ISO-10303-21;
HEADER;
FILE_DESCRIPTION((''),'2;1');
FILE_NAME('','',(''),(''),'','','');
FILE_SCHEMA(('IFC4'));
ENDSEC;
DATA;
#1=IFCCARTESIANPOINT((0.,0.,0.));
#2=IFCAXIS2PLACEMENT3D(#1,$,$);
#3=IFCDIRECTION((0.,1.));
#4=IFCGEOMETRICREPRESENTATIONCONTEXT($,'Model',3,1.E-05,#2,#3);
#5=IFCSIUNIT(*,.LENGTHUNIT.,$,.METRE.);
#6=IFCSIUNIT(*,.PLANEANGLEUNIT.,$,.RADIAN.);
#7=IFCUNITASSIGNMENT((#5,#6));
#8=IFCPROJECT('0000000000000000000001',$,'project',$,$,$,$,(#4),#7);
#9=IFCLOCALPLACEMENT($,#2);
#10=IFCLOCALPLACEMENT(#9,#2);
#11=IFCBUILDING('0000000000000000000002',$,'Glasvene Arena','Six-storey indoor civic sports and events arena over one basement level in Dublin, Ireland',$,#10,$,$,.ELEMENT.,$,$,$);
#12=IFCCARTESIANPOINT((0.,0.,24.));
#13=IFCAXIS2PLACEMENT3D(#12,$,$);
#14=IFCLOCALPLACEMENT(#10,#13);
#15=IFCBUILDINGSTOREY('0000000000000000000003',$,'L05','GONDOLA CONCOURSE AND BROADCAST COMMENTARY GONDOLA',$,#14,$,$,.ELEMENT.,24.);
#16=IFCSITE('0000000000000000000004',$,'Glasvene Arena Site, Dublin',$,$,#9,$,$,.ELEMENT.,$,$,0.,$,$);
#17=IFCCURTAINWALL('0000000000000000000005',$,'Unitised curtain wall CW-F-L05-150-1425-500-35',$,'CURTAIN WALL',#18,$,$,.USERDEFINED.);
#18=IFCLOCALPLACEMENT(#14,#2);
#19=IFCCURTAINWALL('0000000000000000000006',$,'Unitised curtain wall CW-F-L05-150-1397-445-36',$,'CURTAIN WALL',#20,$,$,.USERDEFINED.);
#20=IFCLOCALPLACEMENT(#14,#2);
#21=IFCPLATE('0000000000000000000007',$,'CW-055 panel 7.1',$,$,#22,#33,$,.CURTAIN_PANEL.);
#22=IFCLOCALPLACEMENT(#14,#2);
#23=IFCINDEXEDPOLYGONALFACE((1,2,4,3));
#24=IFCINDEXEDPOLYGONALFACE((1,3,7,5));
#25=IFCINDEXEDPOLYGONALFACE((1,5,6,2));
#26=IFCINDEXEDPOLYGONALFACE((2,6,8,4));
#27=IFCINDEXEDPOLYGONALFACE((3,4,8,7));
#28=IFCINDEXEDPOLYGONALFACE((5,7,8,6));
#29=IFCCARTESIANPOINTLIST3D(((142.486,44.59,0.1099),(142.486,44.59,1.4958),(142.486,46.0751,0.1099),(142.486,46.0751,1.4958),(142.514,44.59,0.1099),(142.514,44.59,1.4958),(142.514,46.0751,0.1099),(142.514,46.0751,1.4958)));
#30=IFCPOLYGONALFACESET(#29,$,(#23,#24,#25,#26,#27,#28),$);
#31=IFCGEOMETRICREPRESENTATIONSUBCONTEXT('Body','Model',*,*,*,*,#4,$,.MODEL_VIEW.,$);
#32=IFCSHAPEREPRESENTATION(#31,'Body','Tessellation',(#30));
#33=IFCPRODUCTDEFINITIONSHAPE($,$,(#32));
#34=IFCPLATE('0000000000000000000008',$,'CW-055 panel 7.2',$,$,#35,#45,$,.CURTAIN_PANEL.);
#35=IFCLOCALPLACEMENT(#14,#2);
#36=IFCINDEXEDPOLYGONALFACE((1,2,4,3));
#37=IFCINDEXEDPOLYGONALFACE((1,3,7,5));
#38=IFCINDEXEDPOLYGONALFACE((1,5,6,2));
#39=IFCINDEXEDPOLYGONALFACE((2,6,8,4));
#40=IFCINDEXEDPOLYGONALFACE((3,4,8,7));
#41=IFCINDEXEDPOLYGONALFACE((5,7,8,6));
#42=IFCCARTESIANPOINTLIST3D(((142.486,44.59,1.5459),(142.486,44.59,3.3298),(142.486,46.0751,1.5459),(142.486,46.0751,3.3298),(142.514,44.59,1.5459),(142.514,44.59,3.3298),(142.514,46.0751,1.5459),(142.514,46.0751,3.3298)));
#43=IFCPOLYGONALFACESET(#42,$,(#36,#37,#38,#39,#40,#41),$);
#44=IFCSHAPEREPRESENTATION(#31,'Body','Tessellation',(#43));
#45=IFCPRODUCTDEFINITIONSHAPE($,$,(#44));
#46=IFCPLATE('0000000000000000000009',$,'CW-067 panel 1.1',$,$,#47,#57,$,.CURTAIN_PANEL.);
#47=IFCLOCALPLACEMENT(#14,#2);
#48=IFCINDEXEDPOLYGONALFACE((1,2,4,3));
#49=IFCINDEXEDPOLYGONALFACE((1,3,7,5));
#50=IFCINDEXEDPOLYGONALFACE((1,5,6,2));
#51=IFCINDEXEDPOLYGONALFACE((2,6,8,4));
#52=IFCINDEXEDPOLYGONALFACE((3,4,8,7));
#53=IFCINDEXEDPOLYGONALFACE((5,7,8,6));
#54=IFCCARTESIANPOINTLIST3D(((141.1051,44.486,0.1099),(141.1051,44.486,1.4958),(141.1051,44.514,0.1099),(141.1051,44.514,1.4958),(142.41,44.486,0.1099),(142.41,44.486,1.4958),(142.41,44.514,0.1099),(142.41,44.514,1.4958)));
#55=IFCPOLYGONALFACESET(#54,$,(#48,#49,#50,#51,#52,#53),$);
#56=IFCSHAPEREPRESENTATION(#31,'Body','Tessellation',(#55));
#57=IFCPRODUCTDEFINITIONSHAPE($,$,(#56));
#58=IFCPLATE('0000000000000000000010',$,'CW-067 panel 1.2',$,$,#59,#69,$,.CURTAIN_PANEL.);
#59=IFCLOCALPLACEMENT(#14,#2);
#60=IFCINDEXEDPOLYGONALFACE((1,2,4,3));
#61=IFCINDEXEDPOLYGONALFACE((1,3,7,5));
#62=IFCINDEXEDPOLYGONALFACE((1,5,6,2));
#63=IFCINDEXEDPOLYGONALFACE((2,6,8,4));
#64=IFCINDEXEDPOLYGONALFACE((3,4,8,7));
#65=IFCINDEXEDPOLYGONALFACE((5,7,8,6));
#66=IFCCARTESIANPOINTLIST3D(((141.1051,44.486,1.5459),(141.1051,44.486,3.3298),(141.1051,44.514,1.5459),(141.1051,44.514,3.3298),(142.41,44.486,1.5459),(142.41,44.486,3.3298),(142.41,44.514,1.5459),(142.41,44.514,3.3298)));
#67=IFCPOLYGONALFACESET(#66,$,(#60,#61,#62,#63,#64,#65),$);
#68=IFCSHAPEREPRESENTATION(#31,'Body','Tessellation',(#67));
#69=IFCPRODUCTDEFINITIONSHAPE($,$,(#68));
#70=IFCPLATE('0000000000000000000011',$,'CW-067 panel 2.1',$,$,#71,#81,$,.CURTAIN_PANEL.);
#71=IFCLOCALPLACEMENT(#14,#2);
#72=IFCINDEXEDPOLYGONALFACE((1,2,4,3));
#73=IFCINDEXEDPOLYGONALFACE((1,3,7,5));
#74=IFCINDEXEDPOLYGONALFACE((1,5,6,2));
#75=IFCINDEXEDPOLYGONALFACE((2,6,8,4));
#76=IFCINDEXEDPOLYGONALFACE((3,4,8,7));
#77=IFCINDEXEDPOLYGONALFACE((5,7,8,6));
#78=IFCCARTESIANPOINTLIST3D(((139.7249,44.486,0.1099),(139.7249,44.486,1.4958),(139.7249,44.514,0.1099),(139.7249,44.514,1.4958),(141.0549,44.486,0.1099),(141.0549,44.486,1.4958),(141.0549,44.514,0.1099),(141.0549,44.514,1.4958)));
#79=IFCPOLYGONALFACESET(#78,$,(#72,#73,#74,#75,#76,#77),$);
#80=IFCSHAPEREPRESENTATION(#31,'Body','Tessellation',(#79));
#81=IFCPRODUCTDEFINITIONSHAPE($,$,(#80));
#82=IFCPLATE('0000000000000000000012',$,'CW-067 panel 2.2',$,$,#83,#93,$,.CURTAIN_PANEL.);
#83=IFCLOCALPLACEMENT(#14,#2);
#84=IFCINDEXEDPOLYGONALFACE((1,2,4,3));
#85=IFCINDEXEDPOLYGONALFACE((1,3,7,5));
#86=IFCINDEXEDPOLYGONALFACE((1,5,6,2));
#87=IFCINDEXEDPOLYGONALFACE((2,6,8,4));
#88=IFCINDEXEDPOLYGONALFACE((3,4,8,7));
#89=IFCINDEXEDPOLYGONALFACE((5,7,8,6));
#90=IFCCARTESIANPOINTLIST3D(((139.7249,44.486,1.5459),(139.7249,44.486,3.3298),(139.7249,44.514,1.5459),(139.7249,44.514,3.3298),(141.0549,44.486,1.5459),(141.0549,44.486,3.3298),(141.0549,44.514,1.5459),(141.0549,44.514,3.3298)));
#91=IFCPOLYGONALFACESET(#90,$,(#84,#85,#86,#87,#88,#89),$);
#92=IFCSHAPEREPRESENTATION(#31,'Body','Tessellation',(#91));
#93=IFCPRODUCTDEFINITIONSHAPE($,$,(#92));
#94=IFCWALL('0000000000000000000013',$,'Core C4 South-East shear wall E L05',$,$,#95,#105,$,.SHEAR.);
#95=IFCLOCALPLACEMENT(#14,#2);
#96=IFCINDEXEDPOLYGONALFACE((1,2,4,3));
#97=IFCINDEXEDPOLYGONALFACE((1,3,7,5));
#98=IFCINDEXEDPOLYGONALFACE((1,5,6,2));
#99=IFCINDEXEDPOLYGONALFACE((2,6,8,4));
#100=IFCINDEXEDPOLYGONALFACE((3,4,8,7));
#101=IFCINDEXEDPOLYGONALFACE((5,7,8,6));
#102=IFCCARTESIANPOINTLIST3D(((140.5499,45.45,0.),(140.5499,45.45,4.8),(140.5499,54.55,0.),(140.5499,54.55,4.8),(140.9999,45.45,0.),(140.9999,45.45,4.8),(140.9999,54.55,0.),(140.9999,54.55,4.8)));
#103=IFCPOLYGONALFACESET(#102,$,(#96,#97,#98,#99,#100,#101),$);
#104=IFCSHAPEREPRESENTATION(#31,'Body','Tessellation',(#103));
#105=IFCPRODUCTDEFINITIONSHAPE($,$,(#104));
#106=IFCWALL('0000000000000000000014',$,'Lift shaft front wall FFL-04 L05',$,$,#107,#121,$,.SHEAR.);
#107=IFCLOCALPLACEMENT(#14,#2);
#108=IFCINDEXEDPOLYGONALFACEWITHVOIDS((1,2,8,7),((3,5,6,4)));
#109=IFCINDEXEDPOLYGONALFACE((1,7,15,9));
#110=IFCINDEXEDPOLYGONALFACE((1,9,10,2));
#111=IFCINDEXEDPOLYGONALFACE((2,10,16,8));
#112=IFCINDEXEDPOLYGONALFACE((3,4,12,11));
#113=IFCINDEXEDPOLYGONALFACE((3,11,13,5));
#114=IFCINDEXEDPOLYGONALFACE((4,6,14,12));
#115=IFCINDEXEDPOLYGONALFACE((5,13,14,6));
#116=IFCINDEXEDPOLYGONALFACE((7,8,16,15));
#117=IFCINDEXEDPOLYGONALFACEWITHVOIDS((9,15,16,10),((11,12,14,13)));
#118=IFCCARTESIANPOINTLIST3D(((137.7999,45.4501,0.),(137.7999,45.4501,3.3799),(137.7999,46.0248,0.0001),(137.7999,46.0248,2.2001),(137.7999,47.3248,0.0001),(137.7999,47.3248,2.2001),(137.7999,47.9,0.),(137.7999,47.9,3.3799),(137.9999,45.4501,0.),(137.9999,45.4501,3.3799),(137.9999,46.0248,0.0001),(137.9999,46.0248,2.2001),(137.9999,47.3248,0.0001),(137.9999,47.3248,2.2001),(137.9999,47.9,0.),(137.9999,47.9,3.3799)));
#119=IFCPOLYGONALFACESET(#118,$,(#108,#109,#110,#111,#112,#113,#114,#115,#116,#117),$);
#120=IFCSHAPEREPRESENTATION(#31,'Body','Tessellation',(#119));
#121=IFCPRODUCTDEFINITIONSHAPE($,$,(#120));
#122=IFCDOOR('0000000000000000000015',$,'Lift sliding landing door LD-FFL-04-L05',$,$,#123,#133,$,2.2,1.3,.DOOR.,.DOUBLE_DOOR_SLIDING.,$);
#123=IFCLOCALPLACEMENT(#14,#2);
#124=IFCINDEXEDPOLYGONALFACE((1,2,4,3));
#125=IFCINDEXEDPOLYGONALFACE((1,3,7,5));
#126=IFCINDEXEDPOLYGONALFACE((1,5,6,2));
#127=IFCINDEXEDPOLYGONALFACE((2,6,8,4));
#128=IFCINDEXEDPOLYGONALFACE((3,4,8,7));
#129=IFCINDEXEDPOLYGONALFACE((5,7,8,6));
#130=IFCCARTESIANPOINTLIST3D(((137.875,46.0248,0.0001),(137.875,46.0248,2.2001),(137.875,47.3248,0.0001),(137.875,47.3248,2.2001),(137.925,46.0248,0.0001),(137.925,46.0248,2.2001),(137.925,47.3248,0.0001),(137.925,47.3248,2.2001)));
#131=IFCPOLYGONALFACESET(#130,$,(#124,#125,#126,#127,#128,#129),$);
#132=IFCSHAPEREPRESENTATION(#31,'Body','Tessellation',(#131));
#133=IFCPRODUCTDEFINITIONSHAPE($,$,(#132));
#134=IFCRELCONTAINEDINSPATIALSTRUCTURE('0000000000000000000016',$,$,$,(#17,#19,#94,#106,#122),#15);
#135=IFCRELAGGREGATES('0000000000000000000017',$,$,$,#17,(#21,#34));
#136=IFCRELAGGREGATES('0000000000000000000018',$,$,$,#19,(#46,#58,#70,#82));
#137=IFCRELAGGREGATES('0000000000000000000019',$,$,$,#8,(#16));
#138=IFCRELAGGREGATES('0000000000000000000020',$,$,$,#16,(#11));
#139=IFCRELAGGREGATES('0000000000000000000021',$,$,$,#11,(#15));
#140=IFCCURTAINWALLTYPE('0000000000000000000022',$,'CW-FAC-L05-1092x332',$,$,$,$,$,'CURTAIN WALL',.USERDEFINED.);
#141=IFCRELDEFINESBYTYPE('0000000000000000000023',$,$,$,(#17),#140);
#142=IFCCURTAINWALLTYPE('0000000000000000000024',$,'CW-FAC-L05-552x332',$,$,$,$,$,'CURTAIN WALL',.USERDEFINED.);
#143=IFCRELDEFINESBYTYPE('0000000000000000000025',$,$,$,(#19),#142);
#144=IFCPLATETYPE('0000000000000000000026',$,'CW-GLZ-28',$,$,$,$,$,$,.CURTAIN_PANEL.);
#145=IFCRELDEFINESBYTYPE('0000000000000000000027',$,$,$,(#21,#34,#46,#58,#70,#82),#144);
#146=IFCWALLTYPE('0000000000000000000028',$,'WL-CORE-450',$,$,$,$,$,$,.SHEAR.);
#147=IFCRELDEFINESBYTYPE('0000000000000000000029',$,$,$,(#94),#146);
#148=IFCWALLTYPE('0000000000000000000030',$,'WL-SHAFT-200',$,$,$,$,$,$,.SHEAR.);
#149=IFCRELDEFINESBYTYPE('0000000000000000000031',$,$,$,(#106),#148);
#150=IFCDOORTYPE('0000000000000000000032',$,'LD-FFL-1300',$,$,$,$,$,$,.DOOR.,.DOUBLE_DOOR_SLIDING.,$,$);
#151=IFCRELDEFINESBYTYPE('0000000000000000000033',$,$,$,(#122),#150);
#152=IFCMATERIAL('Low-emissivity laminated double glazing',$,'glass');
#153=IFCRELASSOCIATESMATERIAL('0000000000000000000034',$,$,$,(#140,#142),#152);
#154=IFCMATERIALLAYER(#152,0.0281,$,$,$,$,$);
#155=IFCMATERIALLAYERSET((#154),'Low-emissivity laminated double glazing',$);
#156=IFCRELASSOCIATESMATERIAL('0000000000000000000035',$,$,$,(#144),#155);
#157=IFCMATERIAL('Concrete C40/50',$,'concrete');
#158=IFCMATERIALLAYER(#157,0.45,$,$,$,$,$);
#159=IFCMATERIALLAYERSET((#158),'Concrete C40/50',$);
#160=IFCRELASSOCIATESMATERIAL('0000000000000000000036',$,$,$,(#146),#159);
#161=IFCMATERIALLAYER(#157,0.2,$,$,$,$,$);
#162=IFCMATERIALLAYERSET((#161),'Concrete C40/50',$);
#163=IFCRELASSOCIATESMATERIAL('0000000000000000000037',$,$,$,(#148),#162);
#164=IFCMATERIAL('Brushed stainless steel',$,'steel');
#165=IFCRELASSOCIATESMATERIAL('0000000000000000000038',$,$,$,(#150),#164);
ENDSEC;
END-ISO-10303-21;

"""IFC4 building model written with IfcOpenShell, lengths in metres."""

from ifc_helpers import new_model, si_unit, direction, frame, frame_2d, origin, origin_2d, place, context, subcontext, project, spatial, rectangle, extrude, material, layer, layer_set, type_object, element, fill, aggregate, save


model = new_model("IFC4")

# Units and contexts
model_context = context("Model", 3, precision=1e-05, world=origin(), true_north=direction((0.0, 1.0)))
body_context = subcontext(model_context, "Body", "Model", "MODEL_VIEW")
ifc_project = project(units=[si_unit("LENGTHUNIT", "METRE"), si_unit("PLANEANGLEUNIT", "RADIAN")], contexts=[model_context])

# Site, building, storey
site_placement = place(None, origin())
site = spatial("IfcSite", under=ifc_project, at=site_placement, Name="Glasvene Arena Site, Dublin", CompositionType="ELEMENT", RefElevation=0.0)
building_placement = place(site_placement, origin())
building = spatial("IfcBuilding", under=site, at=building_placement, Name="Glasvene Arena", Description="Six-storey indoor civic sports and events arena over one basement level in Dublin, Ireland", CompositionType="ELEMENT")
storey_placement = place(building_placement, frame((0.0, 0.0, 24.0)))
storey = spatial("IfcBuildingStorey", under=building, at=storey_placement, Name="L05", Description="GONDOLA CONCOURSE AND BROADCAST COMMENTARY GONDOLA", CompositionType="ELEMENT", Elevation=24.0)

# Curtain walls
ifc_material_1 = material(Name="Low-emissivity laminated double glazing", Category="glass")
curtain_wall_type_1 = type_object("IfcCurtainWallType", Name="CW-FAC-L05-1092x332", ElementType="CURTAIN WALL", PredefinedType="USERDEFINED", material=ifc_material_1)
curtain_wall_1_placement = place(storey_placement, frame((142.5, 55.46, 0.0)))
curtain_wall_1 = element("IfcCurtainWall", 1, at=curtain_wall_1_placement, inside=storey, type_object=curtain_wall_type_1, Name="Unitised curtain wall CW-F-L05-150-1425-500-35", ObjectType="CURTAIN WALL", PredefinedType="USERDEFINED")
curtain_wall_type_2 = type_object("IfcCurtainWallType", Name="CW-FAC-L05-552x332", ElementType="CURTAIN WALL", PredefinedType="USERDEFINED", material=ifc_material_1)
curtain_wall_2_placement = place(storey_placement, frame((142.46, 44.5, 0.0)))
curtain_wall_2 = element("IfcCurtainWall", 2, at=curtain_wall_2_placement, inside=storey, type_object=curtain_wall_type_2, Name="Unitised curtain wall CW-F-L05-150-1397-445-36", ObjectType="CURTAIN WALL", PredefinedType="USERDEFINED")

# Plates
ifc_layer_1 = layer(ifc_material_1, 0.0281)
ifc_layer_set_1 = layer_set([ifc_layer_1], Name="Low-emissivity laminated double glazing")
plate_type = type_object("IfcPlateType", Name="CW-GLZ-28", PredefinedType="CURTAIN_PANEL", material=ifc_layer_set_1)
plate_1_placement = place(storey_placement, frame((142.5, 45.3325, 0.1099), z_axis=(0.0, 0.0, 1.0), x_axis=(0.0, -1.0, 0.0)))
plate_1 = element("IfcPlate", 3, at=plate_1_placement, type_object=plate_type, Name="CW-055 panel 7.1", PredefinedType="CURTAIN_PANEL", context=body_context, shape_type="SweptSolid", body=[
    extrude(rectangle(XDim=1.4851, YDim=0.0281, at=origin_2d()), origin(), (0.0, 0.0, 1.0), 1.386),
])
plate_2_placement = place(storey_placement, frame((142.5, 45.3325, 1.5459), z_axis=(0.0, 0.0, 1.0), x_axis=(0.0, -1.0, 0.0)))
plate_2 = element("IfcPlate", 4, at=plate_2_placement, type_object=plate_type, Name="CW-055 panel 7.2", PredefinedType="CURTAIN_PANEL", context=body_context, shape_type="SweptSolid", body=[
    extrude(rectangle(XDim=1.4851, YDim=0.0281, at=origin_2d()), origin(), (0.0, 0.0, 1.0), 1.7839),
])
aggregate(curtain_wall_1, [plate_1, plate_2])
plate_3_placement = place(storey_placement, frame((141.7576, 44.5, 0.1099), z_axis=(0.0, 0.0, 1.0), x_axis=(-1.0, 0.0, 0.0)))
plate_3 = element("IfcPlate", 5, at=plate_3_placement, type_object=plate_type, Name="CW-067 panel 1.1", PredefinedType="CURTAIN_PANEL", context=body_context, shape_type="SweptSolid", body=[
    extrude(rectangle(XDim=1.3049, YDim=0.0281, at=origin_2d()), origin(), (0.0, 0.0, 1.0), 1.386),
])
plate_4_placement = place(storey_placement, frame((141.7576, 44.5, 1.5459), z_axis=(0.0, 0.0, 1.0), x_axis=(-1.0, 0.0, 0.0)))
plate_4 = element("IfcPlate", 6, at=plate_4_placement, type_object=plate_type, Name="CW-067 panel 1.2", PredefinedType="CURTAIN_PANEL", context=body_context, shape_type="SweptSolid", body=[
    extrude(rectangle(XDim=1.3049, YDim=0.0281, at=origin_2d()), origin(), (0.0, 0.0, 1.0), 1.7839),
])
plate_5_placement = place(storey_placement, frame((140.3899, 44.5, 0.1099), z_axis=(0.0, 0.0, 1.0), x_axis=(-1.0, 0.0, 0.0)))
plate_5 = element("IfcPlate", 7, at=plate_5_placement, type_object=plate_type, Name="CW-067 panel 2.1", PredefinedType="CURTAIN_PANEL", context=body_context, shape_type="SweptSolid", body=[
    extrude(rectangle(XDim=1.3301, YDim=0.0281, at=origin_2d()), origin(), (0.0, 0.0, 1.0), 1.386),
])
plate_6_placement = place(storey_placement, frame((140.3899, 44.5, 1.5459), z_axis=(0.0, 0.0, 1.0), x_axis=(-1.0, 0.0, 0.0)))
plate_6 = element("IfcPlate", 8, at=plate_6_placement, type_object=plate_type, Name="CW-067 panel 2.2", PredefinedType="CURTAIN_PANEL", context=body_context, shape_type="SweptSolid", body=[
    extrude(rectangle(XDim=1.3301, YDim=0.0281, at=origin_2d()), origin(), (0.0, 0.0, 1.0), 1.7839),
])
aggregate(curtain_wall_2, [plate_3, plate_4, plate_5, plate_6])

# Wall
ifc_material_2 = material(Name="Concrete C40/50", Category="concrete")
ifc_layer_2 = layer(ifc_material_2, 0.45)
ifc_layer_set_2 = layer_set([ifc_layer_2], Name="Concrete C40/50")
wall_type_1 = type_object("IfcWallType", Name="WL-CORE-450", PredefinedType="SHEAR", material=ifc_layer_set_2)
wall_1_placement = place(storey_placement, frame((140.7749, 45.45, 0.0), z_axis=(0.0, 0.0, 1.0), x_axis=(0.0, 1.0, 0.0)))
element("IfcWall", 9, at=wall_1_placement, inside=storey, type_object=wall_type_1, Name="Core C4 South-East shear wall E L05", PredefinedType="SHEAR", context=body_context, shape_type="SweptSolid", body=[
    extrude(rectangle(XDim=9.1001, YDim=0.45, at=frame_2d((4.55, 0.0))), origin(), (0.0, 0.0, 1.0), 4.8),
])

# Wall, opening, door
ifc_layer_3 = layer(ifc_material_2, 0.2)
ifc_layer_set_3 = layer_set([ifc_layer_3], Name="Concrete C40/50")
wall_type_2 = type_object("IfcWallType", Name="WL-SHAFT-200", PredefinedType="SHEAR", material=ifc_layer_set_3)
wall_2_placement = place(storey_placement, frame((137.8999, 45.45, 0.0), z_axis=(0.0, 0.0, 1.0), x_axis=(0.0, 1.0, 0.0)))
wall_2 = element("IfcWall", 10, at=wall_2_placement, inside=storey, type_object=wall_type_2, Name="Lift shaft front wall FFL-04 L05", PredefinedType="SHEAR", context=body_context, shape_type="SweptSolid", body=[
    extrude(rectangle(XDim=2.45, YDim=0.2, at=frame_2d((1.2251, 0.0))), origin(), (0.0, 0.0, 1.0), 3.3799),
])
opening_placement = place(wall_2_placement, frame((0.575, 0.0, 0.0)))
opening = element("IfcOpeningElement", 11, at=opening_placement, cuts=wall_2, PredefinedType="OPENING", context=body_context, shape_type="SweptSolid", body=[
    extrude(rectangle(XDim=1.3, YDim=2.2, at=frame_2d((0.6499, 1.1001))), frame((0.0, 0.1099, 0.0), z_axis=(0.0, -1.0, 0.0), x_axis=(1.0, 0.0, 0.0)), (0.0, 0.0, 1.0), 0.22),
])
ifc_material_3 = material(Name="Brushed stainless steel", Category="steel")
door_type = type_object("IfcDoorType", Name="LD-FFL-1300", OperationType="DOUBLE_DOOR_SLIDING", PredefinedType="DOOR", material=ifc_material_3)
door_placement = place(opening_placement, origin())
door = element("IfcDoor", 12, at=door_placement, inside=storey, type_object=door_type, Name="Lift sliding landing door LD-FFL-04-L05", OperationType="DOUBLE_DOOR_SLIDING", OverallHeight=2.2, OverallWidth=1.3, PredefinedType="DOOR", context=body_context, shape_type="SweptSolid", body=[
    extrude(rectangle(XDim=1.3, YDim=2.2, at=frame_2d((0.6499, 1.1001))), frame((0.0, 0.0249, 0.0), z_axis=(0.0, -1.0, 0.0), x_axis=(1.0, 0.0, 0.0)), (0.0, 0.0, 1.0), 0.05),
])
fill(opening, door)

save(model, "model.ifc")
